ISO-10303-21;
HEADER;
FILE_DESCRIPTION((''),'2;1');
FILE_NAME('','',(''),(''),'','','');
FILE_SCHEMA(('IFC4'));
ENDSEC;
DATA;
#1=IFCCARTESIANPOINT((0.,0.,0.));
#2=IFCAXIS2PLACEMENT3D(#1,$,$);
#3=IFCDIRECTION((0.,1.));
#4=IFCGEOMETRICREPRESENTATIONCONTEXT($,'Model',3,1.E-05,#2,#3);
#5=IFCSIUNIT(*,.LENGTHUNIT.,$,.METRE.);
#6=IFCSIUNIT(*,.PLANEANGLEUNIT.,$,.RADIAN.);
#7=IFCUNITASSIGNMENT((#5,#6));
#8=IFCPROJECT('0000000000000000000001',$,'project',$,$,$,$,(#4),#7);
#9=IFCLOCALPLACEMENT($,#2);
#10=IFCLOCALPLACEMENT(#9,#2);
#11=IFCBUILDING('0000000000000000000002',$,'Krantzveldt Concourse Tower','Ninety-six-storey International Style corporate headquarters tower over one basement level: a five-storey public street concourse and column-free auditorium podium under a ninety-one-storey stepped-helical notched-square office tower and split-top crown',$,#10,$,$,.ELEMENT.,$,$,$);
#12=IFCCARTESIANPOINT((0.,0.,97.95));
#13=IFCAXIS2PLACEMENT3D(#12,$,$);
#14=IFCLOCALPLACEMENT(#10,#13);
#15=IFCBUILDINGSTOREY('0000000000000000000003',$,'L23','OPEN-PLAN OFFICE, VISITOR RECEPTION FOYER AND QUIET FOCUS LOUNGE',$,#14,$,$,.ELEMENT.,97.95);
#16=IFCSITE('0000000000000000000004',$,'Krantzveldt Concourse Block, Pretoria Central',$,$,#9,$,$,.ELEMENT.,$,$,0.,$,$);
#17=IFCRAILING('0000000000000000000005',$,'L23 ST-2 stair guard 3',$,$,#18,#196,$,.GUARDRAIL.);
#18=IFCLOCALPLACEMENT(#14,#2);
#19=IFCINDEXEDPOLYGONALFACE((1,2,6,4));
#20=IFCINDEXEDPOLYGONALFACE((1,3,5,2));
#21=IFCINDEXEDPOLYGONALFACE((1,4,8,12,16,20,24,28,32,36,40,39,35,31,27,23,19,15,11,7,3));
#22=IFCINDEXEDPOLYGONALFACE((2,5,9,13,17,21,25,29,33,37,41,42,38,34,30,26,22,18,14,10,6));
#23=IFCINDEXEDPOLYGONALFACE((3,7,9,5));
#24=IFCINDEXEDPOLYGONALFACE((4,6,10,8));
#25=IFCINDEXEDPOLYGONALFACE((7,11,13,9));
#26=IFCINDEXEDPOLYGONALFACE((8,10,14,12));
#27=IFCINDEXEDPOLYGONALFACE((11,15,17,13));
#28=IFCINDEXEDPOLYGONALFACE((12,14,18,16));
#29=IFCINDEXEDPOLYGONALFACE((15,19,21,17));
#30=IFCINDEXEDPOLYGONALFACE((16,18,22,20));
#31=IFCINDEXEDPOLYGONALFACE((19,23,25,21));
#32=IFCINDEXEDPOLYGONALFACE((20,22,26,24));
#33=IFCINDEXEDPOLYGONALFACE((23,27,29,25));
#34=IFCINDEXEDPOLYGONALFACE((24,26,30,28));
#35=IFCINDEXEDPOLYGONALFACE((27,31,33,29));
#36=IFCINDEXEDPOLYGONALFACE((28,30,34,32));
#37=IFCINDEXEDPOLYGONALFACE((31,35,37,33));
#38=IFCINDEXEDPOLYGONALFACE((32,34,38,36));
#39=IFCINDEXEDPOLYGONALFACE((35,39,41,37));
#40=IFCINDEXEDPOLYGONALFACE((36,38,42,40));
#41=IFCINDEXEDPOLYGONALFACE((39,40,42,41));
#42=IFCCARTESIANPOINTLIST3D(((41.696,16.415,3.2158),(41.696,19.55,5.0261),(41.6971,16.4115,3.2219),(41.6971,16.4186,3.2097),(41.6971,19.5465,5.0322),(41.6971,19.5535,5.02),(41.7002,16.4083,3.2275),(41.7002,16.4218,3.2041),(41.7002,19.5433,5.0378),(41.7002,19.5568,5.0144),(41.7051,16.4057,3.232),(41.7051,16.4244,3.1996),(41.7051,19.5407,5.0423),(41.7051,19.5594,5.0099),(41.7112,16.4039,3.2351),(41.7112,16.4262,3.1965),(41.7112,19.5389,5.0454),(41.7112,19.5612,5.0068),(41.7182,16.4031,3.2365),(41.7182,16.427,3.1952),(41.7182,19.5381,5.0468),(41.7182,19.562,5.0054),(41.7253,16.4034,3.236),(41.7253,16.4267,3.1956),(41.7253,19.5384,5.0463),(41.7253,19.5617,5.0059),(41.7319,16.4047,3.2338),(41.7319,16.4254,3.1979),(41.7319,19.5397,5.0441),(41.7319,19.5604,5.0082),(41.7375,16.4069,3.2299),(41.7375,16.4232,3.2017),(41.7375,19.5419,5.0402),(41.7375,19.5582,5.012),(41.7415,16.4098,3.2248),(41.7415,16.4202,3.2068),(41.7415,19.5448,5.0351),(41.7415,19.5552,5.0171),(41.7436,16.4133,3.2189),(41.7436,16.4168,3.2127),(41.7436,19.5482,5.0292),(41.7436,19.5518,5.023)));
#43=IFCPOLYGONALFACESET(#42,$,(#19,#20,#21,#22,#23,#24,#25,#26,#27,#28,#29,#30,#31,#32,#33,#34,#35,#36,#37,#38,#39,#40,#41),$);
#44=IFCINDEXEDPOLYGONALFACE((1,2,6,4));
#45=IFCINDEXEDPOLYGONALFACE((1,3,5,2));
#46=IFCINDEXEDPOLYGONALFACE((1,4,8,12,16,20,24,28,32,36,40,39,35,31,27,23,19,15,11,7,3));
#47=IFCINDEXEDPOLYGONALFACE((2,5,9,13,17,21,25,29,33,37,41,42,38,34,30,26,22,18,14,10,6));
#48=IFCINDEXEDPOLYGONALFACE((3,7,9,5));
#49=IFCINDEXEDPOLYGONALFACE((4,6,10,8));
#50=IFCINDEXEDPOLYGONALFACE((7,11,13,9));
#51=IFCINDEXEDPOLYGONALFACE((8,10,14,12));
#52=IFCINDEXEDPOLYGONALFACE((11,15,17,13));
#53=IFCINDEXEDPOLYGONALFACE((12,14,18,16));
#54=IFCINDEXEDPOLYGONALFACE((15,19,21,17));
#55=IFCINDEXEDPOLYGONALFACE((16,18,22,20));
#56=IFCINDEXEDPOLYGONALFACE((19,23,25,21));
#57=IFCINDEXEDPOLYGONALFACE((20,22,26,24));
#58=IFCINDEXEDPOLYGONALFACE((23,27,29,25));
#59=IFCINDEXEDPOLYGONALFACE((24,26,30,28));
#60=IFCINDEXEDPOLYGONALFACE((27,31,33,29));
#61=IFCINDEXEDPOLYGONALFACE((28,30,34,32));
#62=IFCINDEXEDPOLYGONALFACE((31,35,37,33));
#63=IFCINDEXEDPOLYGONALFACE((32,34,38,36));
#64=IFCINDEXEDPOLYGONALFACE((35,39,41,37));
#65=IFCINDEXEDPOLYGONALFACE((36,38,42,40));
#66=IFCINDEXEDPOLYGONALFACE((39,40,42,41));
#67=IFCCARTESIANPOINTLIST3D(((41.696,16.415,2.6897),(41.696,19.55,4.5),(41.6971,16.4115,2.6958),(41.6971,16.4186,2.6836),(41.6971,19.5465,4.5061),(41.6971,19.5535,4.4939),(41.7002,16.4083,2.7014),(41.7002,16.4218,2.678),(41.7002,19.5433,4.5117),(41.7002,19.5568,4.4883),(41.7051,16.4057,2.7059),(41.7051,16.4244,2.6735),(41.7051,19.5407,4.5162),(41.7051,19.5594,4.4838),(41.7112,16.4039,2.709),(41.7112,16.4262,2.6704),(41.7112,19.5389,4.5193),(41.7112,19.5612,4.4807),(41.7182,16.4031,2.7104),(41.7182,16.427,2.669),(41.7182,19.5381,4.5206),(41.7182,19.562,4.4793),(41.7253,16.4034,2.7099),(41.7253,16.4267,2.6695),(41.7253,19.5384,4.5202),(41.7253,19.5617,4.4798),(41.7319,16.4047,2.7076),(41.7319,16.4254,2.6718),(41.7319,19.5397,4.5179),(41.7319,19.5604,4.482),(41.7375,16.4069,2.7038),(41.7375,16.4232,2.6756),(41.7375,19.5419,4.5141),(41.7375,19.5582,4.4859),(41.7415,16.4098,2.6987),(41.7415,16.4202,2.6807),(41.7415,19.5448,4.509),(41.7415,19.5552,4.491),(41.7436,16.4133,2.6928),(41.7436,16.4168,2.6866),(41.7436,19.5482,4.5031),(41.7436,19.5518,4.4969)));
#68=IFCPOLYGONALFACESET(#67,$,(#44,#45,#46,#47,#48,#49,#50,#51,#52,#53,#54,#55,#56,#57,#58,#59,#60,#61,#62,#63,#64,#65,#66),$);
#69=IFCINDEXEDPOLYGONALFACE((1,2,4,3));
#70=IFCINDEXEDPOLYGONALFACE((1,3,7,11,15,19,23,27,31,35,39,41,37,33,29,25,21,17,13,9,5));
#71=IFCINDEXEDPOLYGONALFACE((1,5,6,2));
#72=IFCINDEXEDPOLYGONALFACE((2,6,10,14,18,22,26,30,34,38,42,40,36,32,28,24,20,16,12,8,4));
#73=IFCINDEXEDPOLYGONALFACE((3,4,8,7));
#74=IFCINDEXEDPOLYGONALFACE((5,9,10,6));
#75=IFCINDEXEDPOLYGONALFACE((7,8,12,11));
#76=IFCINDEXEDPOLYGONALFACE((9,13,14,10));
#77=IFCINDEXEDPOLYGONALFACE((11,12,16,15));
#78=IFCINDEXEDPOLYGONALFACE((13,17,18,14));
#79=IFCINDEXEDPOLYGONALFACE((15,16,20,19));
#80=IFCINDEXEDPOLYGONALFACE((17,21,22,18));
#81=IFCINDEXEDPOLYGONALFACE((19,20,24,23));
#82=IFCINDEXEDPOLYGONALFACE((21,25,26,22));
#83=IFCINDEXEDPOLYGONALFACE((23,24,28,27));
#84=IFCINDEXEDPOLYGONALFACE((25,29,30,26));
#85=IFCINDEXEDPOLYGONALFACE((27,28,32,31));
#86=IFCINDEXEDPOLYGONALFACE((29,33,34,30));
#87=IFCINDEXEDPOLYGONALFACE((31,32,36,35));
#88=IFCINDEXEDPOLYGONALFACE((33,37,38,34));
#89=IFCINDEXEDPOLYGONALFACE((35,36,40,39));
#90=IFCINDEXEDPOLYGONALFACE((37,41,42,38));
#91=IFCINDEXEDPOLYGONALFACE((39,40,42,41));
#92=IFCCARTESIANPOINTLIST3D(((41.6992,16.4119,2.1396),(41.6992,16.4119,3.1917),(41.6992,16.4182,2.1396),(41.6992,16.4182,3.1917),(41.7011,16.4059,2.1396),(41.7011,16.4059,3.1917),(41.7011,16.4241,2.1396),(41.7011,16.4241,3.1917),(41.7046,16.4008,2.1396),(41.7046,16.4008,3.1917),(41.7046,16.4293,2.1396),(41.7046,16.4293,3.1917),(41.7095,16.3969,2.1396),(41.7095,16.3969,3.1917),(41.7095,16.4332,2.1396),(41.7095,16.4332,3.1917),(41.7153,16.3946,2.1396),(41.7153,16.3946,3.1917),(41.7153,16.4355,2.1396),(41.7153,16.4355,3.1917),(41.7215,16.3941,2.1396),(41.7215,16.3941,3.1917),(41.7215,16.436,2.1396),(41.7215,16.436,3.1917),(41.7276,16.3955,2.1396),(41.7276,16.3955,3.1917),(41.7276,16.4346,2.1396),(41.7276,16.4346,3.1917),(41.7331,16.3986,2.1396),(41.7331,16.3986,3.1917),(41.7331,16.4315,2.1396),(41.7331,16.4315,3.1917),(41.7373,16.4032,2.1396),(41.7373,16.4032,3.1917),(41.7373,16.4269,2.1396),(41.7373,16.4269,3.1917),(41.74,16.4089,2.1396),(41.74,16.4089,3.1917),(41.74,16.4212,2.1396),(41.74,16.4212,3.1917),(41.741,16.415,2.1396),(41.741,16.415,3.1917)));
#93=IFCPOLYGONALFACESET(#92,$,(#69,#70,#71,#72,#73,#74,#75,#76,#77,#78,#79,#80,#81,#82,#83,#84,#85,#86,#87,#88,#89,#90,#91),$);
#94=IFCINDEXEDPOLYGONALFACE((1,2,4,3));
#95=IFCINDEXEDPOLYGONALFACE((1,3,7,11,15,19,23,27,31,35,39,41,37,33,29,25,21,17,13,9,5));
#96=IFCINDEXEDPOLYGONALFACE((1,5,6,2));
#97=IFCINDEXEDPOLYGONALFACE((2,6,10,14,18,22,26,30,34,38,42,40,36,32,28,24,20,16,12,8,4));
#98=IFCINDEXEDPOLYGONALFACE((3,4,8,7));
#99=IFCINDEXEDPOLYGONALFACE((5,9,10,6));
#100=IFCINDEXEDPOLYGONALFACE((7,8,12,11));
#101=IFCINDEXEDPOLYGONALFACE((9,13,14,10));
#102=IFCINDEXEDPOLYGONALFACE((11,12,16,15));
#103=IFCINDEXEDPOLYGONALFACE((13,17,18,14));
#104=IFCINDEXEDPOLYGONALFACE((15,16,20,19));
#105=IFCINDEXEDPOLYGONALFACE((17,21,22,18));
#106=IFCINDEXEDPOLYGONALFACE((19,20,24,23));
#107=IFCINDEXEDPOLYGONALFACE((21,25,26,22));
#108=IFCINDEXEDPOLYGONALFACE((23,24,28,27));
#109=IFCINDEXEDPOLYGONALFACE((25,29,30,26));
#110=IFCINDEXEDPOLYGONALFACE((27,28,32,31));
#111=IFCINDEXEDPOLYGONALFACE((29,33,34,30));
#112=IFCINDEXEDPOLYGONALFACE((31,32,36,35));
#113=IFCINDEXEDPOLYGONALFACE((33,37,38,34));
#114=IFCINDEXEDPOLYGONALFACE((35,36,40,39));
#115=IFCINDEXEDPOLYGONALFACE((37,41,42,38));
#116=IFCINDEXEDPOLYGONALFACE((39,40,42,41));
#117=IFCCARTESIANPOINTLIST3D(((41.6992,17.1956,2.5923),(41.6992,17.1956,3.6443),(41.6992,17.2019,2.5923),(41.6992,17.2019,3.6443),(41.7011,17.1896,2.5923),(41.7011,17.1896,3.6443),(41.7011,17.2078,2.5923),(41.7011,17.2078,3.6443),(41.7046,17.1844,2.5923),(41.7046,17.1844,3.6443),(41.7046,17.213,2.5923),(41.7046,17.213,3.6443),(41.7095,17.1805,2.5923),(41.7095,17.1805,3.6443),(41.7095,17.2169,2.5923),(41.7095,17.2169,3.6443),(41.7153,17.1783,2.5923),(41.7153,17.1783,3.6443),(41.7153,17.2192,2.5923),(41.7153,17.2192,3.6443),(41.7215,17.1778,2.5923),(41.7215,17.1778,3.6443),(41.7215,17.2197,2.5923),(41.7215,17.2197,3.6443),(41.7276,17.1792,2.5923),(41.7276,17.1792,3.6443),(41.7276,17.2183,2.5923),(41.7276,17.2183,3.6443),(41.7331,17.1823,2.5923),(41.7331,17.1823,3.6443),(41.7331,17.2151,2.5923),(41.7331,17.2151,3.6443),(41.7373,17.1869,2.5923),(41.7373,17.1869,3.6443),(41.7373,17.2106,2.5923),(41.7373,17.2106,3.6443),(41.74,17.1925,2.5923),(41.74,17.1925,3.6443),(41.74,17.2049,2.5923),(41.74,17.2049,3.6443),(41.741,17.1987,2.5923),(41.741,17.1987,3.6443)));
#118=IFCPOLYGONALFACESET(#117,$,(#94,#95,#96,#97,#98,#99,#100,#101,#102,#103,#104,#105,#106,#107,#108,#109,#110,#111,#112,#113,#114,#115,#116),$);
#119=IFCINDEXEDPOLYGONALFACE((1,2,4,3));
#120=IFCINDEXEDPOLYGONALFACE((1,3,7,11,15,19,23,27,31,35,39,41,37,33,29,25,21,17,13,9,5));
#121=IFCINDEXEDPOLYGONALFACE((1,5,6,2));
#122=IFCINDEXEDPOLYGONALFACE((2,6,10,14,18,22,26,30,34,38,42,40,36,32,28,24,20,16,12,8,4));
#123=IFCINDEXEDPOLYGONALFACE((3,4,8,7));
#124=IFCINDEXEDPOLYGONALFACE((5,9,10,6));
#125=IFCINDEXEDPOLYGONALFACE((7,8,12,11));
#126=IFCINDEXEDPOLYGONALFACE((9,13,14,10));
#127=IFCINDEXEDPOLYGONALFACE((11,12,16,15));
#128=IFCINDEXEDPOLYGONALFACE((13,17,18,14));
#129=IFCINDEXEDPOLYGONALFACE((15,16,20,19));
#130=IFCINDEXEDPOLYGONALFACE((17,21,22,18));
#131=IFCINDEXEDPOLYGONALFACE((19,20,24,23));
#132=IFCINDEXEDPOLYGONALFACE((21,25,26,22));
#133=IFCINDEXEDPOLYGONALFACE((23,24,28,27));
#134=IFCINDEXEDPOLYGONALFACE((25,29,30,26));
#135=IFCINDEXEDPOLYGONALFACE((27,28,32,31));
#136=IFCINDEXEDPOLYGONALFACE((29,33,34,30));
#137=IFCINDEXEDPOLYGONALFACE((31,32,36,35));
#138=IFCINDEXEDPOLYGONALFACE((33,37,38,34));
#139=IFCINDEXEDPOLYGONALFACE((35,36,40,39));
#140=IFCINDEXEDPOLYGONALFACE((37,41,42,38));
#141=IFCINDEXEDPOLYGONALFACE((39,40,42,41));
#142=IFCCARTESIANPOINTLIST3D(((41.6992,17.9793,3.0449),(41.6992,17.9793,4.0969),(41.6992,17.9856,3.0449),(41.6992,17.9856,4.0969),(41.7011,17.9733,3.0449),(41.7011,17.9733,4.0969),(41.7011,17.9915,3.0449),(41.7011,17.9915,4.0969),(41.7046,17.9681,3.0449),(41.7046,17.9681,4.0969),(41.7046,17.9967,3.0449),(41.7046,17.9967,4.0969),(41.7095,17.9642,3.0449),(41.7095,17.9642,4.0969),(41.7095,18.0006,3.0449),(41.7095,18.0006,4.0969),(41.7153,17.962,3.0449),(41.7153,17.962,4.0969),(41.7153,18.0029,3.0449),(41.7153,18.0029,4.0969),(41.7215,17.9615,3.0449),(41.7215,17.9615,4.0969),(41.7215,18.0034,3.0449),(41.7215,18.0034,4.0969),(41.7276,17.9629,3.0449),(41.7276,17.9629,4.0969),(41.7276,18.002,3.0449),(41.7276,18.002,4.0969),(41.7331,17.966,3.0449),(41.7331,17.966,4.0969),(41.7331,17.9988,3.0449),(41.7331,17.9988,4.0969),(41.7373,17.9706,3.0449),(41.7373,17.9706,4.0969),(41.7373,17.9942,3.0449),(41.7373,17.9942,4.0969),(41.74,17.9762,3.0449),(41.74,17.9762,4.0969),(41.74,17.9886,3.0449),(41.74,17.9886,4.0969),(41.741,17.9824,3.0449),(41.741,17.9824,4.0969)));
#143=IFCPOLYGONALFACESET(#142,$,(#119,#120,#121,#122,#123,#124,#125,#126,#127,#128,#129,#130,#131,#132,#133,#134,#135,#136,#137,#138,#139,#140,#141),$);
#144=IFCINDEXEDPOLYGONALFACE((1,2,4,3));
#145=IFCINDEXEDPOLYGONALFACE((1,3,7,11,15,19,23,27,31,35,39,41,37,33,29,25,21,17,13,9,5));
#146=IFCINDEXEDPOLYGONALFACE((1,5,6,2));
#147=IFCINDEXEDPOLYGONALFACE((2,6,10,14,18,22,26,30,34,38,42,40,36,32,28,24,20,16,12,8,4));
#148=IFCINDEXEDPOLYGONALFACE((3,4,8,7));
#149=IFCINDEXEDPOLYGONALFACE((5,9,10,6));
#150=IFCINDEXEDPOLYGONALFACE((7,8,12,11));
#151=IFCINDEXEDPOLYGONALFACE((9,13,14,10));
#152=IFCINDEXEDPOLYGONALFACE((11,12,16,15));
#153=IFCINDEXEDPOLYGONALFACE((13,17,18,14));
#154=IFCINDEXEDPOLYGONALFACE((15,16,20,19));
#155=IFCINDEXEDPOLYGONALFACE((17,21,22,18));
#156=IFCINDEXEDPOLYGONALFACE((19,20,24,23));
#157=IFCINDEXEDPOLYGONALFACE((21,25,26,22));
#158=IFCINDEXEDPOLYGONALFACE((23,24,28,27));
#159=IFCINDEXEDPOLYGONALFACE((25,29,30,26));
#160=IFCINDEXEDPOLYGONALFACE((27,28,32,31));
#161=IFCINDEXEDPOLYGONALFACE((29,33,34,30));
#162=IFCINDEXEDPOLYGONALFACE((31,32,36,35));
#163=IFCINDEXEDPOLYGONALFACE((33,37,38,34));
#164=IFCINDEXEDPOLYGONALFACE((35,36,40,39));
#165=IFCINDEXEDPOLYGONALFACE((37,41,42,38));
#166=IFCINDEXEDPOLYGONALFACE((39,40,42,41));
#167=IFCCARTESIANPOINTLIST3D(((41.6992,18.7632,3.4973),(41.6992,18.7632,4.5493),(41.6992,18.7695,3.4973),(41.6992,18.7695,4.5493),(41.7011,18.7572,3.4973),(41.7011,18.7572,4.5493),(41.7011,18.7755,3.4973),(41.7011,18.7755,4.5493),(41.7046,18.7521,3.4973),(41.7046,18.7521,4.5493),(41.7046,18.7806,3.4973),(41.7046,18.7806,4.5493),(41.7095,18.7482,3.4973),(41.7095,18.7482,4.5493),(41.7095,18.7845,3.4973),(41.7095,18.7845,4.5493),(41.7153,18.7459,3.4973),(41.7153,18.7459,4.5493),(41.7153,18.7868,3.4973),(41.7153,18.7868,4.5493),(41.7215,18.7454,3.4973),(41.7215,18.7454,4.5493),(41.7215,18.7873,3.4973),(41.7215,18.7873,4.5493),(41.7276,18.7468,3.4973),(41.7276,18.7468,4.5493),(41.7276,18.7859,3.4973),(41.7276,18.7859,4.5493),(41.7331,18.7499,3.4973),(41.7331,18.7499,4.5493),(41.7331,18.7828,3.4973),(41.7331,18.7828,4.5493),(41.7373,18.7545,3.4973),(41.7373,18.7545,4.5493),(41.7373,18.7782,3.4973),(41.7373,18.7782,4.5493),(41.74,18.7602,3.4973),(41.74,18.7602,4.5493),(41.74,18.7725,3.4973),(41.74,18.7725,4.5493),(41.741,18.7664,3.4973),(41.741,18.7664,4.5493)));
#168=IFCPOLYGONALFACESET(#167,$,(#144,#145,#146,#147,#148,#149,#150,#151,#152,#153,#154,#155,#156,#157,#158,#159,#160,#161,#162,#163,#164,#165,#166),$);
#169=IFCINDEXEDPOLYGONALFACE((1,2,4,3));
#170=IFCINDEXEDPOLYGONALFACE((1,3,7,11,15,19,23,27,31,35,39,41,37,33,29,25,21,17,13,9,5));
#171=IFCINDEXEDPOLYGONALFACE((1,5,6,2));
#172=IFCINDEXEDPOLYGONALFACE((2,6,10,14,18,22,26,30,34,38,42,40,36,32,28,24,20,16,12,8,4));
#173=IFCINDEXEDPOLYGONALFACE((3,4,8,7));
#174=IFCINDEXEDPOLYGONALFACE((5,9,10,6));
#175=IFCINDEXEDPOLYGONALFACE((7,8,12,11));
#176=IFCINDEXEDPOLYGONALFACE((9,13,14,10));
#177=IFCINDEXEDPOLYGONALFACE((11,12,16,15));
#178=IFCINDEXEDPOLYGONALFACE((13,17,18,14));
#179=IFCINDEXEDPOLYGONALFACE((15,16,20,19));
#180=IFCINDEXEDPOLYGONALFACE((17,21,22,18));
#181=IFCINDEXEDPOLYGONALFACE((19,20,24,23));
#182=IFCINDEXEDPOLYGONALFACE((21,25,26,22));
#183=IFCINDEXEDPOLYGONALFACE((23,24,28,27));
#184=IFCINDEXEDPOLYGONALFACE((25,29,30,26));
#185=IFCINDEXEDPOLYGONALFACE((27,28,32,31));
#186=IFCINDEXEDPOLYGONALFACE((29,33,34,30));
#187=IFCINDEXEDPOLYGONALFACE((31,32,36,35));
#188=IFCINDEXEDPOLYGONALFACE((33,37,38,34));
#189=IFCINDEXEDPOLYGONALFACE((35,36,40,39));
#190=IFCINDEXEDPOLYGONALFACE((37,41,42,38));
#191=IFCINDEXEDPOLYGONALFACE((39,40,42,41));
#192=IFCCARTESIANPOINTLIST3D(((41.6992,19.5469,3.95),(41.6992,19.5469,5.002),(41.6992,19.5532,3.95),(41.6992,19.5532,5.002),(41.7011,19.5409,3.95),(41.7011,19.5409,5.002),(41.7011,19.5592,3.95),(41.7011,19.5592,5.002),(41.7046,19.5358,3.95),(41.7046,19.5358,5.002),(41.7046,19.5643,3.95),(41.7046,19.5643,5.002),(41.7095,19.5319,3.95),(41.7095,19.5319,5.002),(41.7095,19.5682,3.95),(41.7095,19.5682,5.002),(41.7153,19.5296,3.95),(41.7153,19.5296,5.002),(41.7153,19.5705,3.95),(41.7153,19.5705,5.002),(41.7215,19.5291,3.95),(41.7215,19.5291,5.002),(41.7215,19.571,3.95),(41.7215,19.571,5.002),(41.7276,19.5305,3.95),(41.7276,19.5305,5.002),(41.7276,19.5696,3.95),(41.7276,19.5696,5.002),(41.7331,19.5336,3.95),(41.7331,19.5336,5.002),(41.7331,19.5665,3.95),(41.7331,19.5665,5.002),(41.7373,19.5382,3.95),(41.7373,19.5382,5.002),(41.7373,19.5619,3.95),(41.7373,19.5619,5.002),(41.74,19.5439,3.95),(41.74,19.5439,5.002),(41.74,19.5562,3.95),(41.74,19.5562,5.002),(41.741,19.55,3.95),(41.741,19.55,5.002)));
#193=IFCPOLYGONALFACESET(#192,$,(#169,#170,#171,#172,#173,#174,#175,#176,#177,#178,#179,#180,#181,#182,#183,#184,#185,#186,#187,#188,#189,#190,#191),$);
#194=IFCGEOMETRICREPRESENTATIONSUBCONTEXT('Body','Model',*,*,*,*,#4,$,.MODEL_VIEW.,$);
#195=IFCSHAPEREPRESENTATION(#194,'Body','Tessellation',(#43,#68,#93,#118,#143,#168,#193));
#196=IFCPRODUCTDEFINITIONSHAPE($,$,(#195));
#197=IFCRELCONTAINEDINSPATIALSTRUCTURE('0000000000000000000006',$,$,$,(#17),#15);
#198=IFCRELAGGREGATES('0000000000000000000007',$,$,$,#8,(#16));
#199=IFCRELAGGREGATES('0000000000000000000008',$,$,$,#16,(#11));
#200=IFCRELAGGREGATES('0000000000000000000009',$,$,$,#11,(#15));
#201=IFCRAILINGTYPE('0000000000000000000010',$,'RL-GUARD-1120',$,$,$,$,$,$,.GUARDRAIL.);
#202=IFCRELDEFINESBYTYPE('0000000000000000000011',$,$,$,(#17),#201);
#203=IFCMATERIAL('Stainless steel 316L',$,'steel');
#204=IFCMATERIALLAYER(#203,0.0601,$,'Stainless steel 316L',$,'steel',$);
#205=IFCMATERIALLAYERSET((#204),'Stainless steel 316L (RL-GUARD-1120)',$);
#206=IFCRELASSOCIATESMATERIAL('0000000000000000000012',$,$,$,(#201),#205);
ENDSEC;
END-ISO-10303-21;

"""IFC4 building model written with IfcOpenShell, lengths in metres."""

from ifc_helpers import new_model, si_unit, direction, frame, origin, origin_2d, place, context, subcontext, project, spatial, circle, extrude, material, layer, layer_set, type_object, element, save


model = new_model("IFC4")

# Units and contexts
model_context = context("Model", 3, precision=1e-05, world=origin(), true_north=direction((0.0, 1.0)))
body_context = subcontext(model_context, "Body", "Model", "MODEL_VIEW")
ifc_project = project(units=[si_unit("LENGTHUNIT", "METRE"), si_unit("PLANEANGLEUNIT", "RADIAN")], contexts=[model_context])

# Site, building, storey
site_placement = place(None, origin())
site = spatial("IfcSite", under=ifc_project, at=site_placement, Name="Krantzveldt Concourse Block, Pretoria Central", CompositionType="ELEMENT", RefElevation=0.0)
building_placement = place(site_placement, origin())
building = spatial("IfcBuilding", under=site, at=building_placement, Name="Krantzveldt Concourse Tower", Description="Ninety-six-storey International Style corporate headquarters tower over one basement level: a five-storey public street concourse and column-free auditorium podium under a ninety-one-storey stepped-helical notched-square office tower and split-top crown", CompositionType="ELEMENT")
storey_placement = place(building_placement, frame((0.0, 0.0, 97.95)))
storey = spatial("IfcBuildingStorey", under=building, at=storey_placement, Name="L23", Description="OPEN-PLAN OFFICE, VISITOR RECEPTION FOYER AND QUIET FOCUS LOUNGE", CompositionType="ELEMENT", Elevation=97.95)

# Shared definitions
ifc_material_1 = material(Name="Stainless steel 316L", Category="steel")

# Railing
ifc_layer_1 = layer(ifc_material_1, 0.0601, Name="Stainless steel 316L", Category="steel")
ifc_layer_set_1 = layer_set([ifc_layer_1], Name="Stainless steel 316L (RL-GUARD-1120)")
railing_type_1 = type_object("IfcRailingType", Name="RL-GUARD-1120", PredefinedType="GUARDRAIL", material=ifc_layer_set_1)
railing_1_placement = place(storey_placement, frame((41.72, 16.415, 2.1396)))
element("IfcRailing", 1, at=railing_1_placement, inside=storey, type_object=railing_type_1, Name="L23 ST-2 stair guard 3", PredefinedType="GUARDRAIL", context=body_context, shape_type="SweptSolid", body=[
    extrude(circle(Radius=0.0239, at=origin_2d()), frame((0.0, 0.0, 1.0762), z_axis=(0.0, 0.865989, 0.500063), x_axis=(-1.0, 0.0, 0.0)), (0.0, 0.0, 1.0), 3.6201),
    extrude(circle(Radius=0.0239, at=origin_2d()), frame((0.0, 0.0, 0.55), z_axis=(0.0, 0.865989, 0.500063), x_axis=(-1.0, 0.0, 0.0)), (0.0, 0.0, 1.0), 3.6201),
    extrude(circle(Radius=0.021, at=origin_2d()), origin(), (0.0, 0.0, 1.0), 1.052),
    extrude(circle(Radius=0.021, at=origin_2d()), frame((0.0, 0.7837, 0.4526)), (0.0, 0.0, 1.0), 1.052),
    extrude(circle(Radius=0.021, at=origin_2d()), frame((0.0, 1.5674, 0.9053)), (0.0, 0.0, 1.0), 1.052),
    extrude(circle(Radius=0.021, at=origin_2d()), frame((0.0, 2.3513, 1.3577)), (0.0, 0.0, 1.0), 1.052),
    extrude(circle(Radius=0.021, at=origin_2d()), frame((0.0, 3.135, 1.8103)), (0.0, 0.0, 1.0), 1.052),
])

save(model, "model.ifc")
